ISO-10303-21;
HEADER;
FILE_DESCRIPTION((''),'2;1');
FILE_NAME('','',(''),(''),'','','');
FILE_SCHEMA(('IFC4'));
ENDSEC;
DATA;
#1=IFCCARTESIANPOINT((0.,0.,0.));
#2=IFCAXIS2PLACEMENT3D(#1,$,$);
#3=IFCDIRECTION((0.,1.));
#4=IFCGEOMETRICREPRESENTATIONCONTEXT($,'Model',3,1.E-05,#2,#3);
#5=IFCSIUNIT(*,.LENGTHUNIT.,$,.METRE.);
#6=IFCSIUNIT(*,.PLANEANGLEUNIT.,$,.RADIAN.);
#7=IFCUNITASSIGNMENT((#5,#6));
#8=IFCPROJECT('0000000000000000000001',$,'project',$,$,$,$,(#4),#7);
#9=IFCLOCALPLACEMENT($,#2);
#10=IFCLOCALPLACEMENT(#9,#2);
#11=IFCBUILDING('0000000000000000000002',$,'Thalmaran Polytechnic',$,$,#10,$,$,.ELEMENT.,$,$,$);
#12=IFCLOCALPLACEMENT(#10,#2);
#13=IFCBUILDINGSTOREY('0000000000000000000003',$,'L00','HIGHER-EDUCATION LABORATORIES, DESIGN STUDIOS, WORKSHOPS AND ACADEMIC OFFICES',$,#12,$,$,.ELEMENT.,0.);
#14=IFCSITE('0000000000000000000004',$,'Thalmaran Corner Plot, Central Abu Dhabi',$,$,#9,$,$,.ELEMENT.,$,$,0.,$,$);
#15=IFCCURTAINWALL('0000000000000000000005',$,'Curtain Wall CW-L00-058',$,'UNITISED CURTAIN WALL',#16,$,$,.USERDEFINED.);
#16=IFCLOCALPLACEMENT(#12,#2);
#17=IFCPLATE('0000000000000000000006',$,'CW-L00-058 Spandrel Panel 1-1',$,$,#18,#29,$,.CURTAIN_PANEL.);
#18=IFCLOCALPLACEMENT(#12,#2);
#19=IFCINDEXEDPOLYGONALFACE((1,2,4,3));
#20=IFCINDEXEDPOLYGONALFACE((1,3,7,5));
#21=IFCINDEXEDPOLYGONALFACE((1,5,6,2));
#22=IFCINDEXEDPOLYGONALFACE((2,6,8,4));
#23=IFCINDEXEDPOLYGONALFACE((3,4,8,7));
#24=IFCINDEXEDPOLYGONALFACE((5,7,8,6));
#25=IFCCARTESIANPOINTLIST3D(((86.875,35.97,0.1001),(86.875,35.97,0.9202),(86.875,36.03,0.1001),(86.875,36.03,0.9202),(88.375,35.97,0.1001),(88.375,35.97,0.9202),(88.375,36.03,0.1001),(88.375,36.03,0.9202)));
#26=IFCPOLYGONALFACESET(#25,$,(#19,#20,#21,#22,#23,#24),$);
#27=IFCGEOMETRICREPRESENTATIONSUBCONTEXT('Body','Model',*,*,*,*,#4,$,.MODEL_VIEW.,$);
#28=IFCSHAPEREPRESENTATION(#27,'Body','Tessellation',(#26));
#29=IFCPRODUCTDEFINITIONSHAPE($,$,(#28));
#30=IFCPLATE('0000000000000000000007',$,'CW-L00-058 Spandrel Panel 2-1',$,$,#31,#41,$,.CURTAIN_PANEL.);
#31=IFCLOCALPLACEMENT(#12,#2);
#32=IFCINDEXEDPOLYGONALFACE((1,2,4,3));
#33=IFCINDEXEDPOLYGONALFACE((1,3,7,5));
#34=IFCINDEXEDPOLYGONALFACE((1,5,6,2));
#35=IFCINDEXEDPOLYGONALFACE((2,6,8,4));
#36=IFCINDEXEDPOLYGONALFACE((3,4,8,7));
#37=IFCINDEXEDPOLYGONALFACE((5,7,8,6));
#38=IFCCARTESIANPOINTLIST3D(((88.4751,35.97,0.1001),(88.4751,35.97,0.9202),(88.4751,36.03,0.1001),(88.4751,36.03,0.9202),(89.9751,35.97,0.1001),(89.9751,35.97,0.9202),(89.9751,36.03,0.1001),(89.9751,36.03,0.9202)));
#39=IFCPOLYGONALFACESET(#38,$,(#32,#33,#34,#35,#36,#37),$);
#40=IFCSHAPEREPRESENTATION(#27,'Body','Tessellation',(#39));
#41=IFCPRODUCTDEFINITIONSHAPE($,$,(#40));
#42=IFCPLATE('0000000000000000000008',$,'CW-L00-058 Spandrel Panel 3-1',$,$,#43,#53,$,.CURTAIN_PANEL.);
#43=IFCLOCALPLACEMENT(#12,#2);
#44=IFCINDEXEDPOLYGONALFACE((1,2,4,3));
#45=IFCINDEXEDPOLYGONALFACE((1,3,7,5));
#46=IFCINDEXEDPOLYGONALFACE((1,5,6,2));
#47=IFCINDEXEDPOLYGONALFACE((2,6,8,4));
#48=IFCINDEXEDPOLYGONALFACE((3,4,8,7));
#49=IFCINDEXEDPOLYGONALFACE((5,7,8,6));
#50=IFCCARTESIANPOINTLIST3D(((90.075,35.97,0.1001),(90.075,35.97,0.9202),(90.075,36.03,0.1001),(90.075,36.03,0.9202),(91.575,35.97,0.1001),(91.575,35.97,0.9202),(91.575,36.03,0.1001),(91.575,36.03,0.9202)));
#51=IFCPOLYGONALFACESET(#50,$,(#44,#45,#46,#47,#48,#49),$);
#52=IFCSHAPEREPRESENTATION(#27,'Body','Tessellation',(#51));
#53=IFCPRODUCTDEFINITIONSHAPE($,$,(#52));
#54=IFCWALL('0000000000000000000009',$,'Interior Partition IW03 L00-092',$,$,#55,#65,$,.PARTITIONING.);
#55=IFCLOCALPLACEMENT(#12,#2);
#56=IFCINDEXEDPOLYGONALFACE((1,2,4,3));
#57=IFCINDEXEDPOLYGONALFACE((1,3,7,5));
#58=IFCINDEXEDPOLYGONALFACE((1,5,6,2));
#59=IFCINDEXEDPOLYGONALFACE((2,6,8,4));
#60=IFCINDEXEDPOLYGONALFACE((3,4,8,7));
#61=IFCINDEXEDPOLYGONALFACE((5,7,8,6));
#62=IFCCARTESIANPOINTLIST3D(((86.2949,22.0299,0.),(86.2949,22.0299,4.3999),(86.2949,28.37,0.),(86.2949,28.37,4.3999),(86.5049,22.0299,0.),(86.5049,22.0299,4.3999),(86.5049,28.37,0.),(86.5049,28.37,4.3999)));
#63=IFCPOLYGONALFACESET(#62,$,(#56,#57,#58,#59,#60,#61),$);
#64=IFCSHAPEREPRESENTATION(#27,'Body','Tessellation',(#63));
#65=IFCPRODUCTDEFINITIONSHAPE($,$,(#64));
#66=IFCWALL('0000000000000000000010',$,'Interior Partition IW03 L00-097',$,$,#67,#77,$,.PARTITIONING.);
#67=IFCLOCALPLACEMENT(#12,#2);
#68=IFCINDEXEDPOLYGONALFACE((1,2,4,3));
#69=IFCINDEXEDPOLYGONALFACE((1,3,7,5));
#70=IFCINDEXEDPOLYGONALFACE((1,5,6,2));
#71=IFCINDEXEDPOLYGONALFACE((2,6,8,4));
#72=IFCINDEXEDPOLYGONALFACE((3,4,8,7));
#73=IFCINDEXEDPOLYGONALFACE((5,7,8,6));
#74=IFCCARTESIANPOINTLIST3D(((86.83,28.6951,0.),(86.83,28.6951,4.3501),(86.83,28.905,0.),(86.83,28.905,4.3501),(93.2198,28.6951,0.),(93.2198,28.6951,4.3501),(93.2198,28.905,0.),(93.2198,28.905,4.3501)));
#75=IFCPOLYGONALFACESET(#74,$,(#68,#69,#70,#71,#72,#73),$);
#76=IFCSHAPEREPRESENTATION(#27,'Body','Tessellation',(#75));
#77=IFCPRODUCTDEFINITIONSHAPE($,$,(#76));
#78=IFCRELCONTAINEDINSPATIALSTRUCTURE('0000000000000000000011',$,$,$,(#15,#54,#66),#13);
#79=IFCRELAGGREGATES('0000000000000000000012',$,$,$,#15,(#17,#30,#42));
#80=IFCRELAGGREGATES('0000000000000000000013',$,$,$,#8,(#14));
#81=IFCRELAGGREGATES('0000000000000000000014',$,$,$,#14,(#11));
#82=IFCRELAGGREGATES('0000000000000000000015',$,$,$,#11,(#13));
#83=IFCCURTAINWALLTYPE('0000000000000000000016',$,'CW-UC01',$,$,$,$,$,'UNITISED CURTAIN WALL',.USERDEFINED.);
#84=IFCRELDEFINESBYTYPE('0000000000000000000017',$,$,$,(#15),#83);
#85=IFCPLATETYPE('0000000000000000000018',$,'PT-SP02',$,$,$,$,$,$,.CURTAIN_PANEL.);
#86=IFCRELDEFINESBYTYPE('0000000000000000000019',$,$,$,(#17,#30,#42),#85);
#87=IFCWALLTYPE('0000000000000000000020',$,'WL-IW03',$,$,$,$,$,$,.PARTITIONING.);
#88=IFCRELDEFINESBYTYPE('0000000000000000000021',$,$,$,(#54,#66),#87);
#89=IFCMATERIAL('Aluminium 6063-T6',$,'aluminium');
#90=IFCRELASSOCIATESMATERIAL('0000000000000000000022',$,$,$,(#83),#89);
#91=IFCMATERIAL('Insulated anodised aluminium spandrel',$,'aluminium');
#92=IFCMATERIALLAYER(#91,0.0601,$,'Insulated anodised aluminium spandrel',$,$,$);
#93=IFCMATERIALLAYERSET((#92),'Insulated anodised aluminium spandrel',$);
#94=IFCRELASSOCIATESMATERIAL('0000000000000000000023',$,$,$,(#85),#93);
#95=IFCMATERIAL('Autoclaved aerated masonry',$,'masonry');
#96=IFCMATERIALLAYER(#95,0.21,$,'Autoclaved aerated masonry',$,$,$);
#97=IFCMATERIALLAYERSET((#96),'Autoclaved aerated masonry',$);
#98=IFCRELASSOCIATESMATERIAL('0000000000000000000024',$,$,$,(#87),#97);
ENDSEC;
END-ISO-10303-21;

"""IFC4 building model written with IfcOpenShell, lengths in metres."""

from ifc_helpers import new_model, si_unit, direction, frame, frame_2d, origin, origin_2d, place, context, subcontext, project, spatial, rectangle, extrude, material, layer, layer_set, type_object, element, aggregate, save


model = new_model("IFC4")

# Units and contexts
model_context = context("Model", 3, precision=1e-05, world=origin(), true_north=direction((0.0, 1.0)))
body_context = subcontext(model_context, "Body", "Model", "MODEL_VIEW")
ifc_project = project(units=[si_unit("LENGTHUNIT", "METRE"), si_unit("PLANEANGLEUNIT", "RADIAN")], contexts=[model_context])

# Site, building, storey
site_placement = place(None, origin())
site = spatial("IfcSite", under=ifc_project, at=site_placement, Name="Thalmaran Corner Plot, Central Abu Dhabi", CompositionType="ELEMENT", RefElevation=0.0)
building_placement = place(site_placement, origin())
building = spatial("IfcBuilding", under=site, at=building_placement, Name="Thalmaran Polytechnic", CompositionType="ELEMENT")
storey_placement = place(building_placement, origin())
storey = spatial("IfcBuildingStorey", under=building, at=storey_placement, Name="L00", Description="HIGHER-EDUCATION LABORATORIES, DESIGN STUDIOS, WORKSHOPS AND ACADEMIC OFFICES", CompositionType="ELEMENT", Elevation=0.0)

# Shared definitions
ifc_material_1 = material(Name="Aluminium 6063-T6", Category="aluminium")
curtain_wall_type = type_object("IfcCurtainWallType", Name="CW-UC01", ElementType="UNITISED CURTAIN WALL", PredefinedType="USERDEFINED", material=ifc_material_1)

# Curtain wall, plates
curtain_wall_1_placement = place(storey_placement, origin())
curtain_wall_1 = element("IfcCurtainWall", 1, at=curtain_wall_1_placement, inside=storey, type_object=curtain_wall_type, Name="Curtain Wall CW-L00-058", ObjectType="UNITISED CURTAIN WALL", PredefinedType="USERDEFINED")
ifc_material_2 = material(Name="Insulated anodised aluminium spandrel", Category="aluminium")
ifc_layer_1 = layer(ifc_material_2, 0.0601, Name="Insulated anodised aluminium spandrel")
ifc_layer_set_1 = layer_set([ifc_layer_1], Name="Insulated anodised aluminium spandrel")
plate_type_1 = type_object("IfcPlateType", Name="PT-SP02", PredefinedType="CURTAIN_PANEL", material=ifc_layer_set_1)
plate_1_placement = place(storey_placement, frame((87.625, 36.0, 0.1001), z_axis=(0.0, 0.0, 1.0), x_axis=(1.0, 0.0, 0.0)))
plate_1 = element("IfcPlate", 2, at=plate_1_placement, type_object=plate_type_1, Name="CW-L00-058 Spandrel Panel 1-1", PredefinedType="CURTAIN_PANEL", context=body_context, shape_type="SweptSolid", body=[
    extrude(rectangle(XDim=1.5, YDim=0.0601, at=origin_2d()), origin(), (0.0, 0.0, 1.0), 0.8201),
])
plate_2_placement = place(storey_placement, frame((89.2251, 36.0, 0.1001), z_axis=(0.0, 0.0, 1.0), x_axis=(1.0, 0.0, 0.0)))
plate_2 = element("IfcPlate", 3, at=plate_2_placement, type_object=plate_type_1, Name="CW-L00-058 Spandrel Panel 2-1", PredefinedType="CURTAIN_PANEL", context=body_context, shape_type="SweptSolid", body=[
    extrude(rectangle(XDim=1.5, YDim=0.0601, at=origin_2d()), origin(), (0.0, 0.0, 1.0), 0.8201),
])
plate_3_placement = place(storey_placement, frame((90.825, 36.0, 0.1001), z_axis=(0.0, 0.0, 1.0), x_axis=(1.0, 0.0, 0.0)))
plate_3 = element("IfcPlate", 4, at=plate_3_placement, type_object=plate_type_1, Name="CW-L00-058 Spandrel Panel 3-1", PredefinedType="CURTAIN_PANEL", context=body_context, shape_type="SweptSolid", body=[
    extrude(rectangle(XDim=1.5, YDim=0.0601, at=origin_2d()), origin(), (0.0, 0.0, 1.0), 0.8201),
])
aggregate(curtain_wall_1, [plate_1, plate_2, plate_3])

# Walls
ifc_material_3 = material(Name="Autoclaved aerated masonry", Category="masonry")
ifc_layer_2 = layer(ifc_material_3, 0.21, Name="Autoclaved aerated masonry")
ifc_layer_set_2 = layer_set([ifc_layer_2], Name="Autoclaved aerated masonry")
wall_type = type_object("IfcWallType", Name="WL-IW03", PredefinedType="PARTITIONING", material=ifc_layer_set_2)
wall_1_placement = place(storey_placement, frame((86.3999, 22.03, 0.0), z_axis=(0.0, 0.0, 1.0), x_axis=(0.0, 1.0, 0.0)))
element("IfcWall", 5, at=wall_1_placement, inside=storey, type_object=wall_type, Name="Interior Partition IW03 L00-092", PredefinedType="PARTITIONING", context=body_context, shape_type="SweptSolid", body=[
    extrude(rectangle(XDim=6.3401, YDim=0.21, at=frame_2d((3.1699, 0.0))), origin(), (0.0, 0.0, 1.0), 4.3999),
])
wall_2_placement = place(storey_placement, frame((86.8301, 28.8, 0.0), z_axis=(0.0, 0.0, 1.0), x_axis=(1.0, 0.0, 0.0)))
element("IfcWall", 6, at=wall_2_placement, inside=storey, type_object=wall_type, Name="Interior Partition IW03 L00-097", PredefinedType="PARTITIONING", context=body_context, shape_type="SweptSolid", body=[
    extrude(rectangle(XDim=6.3899, YDim=0.21, at=frame_2d((3.1948, 0.0))), origin(), (0.0, 0.0, 1.0), 4.3501),
])

save(model, "model.ifc")
